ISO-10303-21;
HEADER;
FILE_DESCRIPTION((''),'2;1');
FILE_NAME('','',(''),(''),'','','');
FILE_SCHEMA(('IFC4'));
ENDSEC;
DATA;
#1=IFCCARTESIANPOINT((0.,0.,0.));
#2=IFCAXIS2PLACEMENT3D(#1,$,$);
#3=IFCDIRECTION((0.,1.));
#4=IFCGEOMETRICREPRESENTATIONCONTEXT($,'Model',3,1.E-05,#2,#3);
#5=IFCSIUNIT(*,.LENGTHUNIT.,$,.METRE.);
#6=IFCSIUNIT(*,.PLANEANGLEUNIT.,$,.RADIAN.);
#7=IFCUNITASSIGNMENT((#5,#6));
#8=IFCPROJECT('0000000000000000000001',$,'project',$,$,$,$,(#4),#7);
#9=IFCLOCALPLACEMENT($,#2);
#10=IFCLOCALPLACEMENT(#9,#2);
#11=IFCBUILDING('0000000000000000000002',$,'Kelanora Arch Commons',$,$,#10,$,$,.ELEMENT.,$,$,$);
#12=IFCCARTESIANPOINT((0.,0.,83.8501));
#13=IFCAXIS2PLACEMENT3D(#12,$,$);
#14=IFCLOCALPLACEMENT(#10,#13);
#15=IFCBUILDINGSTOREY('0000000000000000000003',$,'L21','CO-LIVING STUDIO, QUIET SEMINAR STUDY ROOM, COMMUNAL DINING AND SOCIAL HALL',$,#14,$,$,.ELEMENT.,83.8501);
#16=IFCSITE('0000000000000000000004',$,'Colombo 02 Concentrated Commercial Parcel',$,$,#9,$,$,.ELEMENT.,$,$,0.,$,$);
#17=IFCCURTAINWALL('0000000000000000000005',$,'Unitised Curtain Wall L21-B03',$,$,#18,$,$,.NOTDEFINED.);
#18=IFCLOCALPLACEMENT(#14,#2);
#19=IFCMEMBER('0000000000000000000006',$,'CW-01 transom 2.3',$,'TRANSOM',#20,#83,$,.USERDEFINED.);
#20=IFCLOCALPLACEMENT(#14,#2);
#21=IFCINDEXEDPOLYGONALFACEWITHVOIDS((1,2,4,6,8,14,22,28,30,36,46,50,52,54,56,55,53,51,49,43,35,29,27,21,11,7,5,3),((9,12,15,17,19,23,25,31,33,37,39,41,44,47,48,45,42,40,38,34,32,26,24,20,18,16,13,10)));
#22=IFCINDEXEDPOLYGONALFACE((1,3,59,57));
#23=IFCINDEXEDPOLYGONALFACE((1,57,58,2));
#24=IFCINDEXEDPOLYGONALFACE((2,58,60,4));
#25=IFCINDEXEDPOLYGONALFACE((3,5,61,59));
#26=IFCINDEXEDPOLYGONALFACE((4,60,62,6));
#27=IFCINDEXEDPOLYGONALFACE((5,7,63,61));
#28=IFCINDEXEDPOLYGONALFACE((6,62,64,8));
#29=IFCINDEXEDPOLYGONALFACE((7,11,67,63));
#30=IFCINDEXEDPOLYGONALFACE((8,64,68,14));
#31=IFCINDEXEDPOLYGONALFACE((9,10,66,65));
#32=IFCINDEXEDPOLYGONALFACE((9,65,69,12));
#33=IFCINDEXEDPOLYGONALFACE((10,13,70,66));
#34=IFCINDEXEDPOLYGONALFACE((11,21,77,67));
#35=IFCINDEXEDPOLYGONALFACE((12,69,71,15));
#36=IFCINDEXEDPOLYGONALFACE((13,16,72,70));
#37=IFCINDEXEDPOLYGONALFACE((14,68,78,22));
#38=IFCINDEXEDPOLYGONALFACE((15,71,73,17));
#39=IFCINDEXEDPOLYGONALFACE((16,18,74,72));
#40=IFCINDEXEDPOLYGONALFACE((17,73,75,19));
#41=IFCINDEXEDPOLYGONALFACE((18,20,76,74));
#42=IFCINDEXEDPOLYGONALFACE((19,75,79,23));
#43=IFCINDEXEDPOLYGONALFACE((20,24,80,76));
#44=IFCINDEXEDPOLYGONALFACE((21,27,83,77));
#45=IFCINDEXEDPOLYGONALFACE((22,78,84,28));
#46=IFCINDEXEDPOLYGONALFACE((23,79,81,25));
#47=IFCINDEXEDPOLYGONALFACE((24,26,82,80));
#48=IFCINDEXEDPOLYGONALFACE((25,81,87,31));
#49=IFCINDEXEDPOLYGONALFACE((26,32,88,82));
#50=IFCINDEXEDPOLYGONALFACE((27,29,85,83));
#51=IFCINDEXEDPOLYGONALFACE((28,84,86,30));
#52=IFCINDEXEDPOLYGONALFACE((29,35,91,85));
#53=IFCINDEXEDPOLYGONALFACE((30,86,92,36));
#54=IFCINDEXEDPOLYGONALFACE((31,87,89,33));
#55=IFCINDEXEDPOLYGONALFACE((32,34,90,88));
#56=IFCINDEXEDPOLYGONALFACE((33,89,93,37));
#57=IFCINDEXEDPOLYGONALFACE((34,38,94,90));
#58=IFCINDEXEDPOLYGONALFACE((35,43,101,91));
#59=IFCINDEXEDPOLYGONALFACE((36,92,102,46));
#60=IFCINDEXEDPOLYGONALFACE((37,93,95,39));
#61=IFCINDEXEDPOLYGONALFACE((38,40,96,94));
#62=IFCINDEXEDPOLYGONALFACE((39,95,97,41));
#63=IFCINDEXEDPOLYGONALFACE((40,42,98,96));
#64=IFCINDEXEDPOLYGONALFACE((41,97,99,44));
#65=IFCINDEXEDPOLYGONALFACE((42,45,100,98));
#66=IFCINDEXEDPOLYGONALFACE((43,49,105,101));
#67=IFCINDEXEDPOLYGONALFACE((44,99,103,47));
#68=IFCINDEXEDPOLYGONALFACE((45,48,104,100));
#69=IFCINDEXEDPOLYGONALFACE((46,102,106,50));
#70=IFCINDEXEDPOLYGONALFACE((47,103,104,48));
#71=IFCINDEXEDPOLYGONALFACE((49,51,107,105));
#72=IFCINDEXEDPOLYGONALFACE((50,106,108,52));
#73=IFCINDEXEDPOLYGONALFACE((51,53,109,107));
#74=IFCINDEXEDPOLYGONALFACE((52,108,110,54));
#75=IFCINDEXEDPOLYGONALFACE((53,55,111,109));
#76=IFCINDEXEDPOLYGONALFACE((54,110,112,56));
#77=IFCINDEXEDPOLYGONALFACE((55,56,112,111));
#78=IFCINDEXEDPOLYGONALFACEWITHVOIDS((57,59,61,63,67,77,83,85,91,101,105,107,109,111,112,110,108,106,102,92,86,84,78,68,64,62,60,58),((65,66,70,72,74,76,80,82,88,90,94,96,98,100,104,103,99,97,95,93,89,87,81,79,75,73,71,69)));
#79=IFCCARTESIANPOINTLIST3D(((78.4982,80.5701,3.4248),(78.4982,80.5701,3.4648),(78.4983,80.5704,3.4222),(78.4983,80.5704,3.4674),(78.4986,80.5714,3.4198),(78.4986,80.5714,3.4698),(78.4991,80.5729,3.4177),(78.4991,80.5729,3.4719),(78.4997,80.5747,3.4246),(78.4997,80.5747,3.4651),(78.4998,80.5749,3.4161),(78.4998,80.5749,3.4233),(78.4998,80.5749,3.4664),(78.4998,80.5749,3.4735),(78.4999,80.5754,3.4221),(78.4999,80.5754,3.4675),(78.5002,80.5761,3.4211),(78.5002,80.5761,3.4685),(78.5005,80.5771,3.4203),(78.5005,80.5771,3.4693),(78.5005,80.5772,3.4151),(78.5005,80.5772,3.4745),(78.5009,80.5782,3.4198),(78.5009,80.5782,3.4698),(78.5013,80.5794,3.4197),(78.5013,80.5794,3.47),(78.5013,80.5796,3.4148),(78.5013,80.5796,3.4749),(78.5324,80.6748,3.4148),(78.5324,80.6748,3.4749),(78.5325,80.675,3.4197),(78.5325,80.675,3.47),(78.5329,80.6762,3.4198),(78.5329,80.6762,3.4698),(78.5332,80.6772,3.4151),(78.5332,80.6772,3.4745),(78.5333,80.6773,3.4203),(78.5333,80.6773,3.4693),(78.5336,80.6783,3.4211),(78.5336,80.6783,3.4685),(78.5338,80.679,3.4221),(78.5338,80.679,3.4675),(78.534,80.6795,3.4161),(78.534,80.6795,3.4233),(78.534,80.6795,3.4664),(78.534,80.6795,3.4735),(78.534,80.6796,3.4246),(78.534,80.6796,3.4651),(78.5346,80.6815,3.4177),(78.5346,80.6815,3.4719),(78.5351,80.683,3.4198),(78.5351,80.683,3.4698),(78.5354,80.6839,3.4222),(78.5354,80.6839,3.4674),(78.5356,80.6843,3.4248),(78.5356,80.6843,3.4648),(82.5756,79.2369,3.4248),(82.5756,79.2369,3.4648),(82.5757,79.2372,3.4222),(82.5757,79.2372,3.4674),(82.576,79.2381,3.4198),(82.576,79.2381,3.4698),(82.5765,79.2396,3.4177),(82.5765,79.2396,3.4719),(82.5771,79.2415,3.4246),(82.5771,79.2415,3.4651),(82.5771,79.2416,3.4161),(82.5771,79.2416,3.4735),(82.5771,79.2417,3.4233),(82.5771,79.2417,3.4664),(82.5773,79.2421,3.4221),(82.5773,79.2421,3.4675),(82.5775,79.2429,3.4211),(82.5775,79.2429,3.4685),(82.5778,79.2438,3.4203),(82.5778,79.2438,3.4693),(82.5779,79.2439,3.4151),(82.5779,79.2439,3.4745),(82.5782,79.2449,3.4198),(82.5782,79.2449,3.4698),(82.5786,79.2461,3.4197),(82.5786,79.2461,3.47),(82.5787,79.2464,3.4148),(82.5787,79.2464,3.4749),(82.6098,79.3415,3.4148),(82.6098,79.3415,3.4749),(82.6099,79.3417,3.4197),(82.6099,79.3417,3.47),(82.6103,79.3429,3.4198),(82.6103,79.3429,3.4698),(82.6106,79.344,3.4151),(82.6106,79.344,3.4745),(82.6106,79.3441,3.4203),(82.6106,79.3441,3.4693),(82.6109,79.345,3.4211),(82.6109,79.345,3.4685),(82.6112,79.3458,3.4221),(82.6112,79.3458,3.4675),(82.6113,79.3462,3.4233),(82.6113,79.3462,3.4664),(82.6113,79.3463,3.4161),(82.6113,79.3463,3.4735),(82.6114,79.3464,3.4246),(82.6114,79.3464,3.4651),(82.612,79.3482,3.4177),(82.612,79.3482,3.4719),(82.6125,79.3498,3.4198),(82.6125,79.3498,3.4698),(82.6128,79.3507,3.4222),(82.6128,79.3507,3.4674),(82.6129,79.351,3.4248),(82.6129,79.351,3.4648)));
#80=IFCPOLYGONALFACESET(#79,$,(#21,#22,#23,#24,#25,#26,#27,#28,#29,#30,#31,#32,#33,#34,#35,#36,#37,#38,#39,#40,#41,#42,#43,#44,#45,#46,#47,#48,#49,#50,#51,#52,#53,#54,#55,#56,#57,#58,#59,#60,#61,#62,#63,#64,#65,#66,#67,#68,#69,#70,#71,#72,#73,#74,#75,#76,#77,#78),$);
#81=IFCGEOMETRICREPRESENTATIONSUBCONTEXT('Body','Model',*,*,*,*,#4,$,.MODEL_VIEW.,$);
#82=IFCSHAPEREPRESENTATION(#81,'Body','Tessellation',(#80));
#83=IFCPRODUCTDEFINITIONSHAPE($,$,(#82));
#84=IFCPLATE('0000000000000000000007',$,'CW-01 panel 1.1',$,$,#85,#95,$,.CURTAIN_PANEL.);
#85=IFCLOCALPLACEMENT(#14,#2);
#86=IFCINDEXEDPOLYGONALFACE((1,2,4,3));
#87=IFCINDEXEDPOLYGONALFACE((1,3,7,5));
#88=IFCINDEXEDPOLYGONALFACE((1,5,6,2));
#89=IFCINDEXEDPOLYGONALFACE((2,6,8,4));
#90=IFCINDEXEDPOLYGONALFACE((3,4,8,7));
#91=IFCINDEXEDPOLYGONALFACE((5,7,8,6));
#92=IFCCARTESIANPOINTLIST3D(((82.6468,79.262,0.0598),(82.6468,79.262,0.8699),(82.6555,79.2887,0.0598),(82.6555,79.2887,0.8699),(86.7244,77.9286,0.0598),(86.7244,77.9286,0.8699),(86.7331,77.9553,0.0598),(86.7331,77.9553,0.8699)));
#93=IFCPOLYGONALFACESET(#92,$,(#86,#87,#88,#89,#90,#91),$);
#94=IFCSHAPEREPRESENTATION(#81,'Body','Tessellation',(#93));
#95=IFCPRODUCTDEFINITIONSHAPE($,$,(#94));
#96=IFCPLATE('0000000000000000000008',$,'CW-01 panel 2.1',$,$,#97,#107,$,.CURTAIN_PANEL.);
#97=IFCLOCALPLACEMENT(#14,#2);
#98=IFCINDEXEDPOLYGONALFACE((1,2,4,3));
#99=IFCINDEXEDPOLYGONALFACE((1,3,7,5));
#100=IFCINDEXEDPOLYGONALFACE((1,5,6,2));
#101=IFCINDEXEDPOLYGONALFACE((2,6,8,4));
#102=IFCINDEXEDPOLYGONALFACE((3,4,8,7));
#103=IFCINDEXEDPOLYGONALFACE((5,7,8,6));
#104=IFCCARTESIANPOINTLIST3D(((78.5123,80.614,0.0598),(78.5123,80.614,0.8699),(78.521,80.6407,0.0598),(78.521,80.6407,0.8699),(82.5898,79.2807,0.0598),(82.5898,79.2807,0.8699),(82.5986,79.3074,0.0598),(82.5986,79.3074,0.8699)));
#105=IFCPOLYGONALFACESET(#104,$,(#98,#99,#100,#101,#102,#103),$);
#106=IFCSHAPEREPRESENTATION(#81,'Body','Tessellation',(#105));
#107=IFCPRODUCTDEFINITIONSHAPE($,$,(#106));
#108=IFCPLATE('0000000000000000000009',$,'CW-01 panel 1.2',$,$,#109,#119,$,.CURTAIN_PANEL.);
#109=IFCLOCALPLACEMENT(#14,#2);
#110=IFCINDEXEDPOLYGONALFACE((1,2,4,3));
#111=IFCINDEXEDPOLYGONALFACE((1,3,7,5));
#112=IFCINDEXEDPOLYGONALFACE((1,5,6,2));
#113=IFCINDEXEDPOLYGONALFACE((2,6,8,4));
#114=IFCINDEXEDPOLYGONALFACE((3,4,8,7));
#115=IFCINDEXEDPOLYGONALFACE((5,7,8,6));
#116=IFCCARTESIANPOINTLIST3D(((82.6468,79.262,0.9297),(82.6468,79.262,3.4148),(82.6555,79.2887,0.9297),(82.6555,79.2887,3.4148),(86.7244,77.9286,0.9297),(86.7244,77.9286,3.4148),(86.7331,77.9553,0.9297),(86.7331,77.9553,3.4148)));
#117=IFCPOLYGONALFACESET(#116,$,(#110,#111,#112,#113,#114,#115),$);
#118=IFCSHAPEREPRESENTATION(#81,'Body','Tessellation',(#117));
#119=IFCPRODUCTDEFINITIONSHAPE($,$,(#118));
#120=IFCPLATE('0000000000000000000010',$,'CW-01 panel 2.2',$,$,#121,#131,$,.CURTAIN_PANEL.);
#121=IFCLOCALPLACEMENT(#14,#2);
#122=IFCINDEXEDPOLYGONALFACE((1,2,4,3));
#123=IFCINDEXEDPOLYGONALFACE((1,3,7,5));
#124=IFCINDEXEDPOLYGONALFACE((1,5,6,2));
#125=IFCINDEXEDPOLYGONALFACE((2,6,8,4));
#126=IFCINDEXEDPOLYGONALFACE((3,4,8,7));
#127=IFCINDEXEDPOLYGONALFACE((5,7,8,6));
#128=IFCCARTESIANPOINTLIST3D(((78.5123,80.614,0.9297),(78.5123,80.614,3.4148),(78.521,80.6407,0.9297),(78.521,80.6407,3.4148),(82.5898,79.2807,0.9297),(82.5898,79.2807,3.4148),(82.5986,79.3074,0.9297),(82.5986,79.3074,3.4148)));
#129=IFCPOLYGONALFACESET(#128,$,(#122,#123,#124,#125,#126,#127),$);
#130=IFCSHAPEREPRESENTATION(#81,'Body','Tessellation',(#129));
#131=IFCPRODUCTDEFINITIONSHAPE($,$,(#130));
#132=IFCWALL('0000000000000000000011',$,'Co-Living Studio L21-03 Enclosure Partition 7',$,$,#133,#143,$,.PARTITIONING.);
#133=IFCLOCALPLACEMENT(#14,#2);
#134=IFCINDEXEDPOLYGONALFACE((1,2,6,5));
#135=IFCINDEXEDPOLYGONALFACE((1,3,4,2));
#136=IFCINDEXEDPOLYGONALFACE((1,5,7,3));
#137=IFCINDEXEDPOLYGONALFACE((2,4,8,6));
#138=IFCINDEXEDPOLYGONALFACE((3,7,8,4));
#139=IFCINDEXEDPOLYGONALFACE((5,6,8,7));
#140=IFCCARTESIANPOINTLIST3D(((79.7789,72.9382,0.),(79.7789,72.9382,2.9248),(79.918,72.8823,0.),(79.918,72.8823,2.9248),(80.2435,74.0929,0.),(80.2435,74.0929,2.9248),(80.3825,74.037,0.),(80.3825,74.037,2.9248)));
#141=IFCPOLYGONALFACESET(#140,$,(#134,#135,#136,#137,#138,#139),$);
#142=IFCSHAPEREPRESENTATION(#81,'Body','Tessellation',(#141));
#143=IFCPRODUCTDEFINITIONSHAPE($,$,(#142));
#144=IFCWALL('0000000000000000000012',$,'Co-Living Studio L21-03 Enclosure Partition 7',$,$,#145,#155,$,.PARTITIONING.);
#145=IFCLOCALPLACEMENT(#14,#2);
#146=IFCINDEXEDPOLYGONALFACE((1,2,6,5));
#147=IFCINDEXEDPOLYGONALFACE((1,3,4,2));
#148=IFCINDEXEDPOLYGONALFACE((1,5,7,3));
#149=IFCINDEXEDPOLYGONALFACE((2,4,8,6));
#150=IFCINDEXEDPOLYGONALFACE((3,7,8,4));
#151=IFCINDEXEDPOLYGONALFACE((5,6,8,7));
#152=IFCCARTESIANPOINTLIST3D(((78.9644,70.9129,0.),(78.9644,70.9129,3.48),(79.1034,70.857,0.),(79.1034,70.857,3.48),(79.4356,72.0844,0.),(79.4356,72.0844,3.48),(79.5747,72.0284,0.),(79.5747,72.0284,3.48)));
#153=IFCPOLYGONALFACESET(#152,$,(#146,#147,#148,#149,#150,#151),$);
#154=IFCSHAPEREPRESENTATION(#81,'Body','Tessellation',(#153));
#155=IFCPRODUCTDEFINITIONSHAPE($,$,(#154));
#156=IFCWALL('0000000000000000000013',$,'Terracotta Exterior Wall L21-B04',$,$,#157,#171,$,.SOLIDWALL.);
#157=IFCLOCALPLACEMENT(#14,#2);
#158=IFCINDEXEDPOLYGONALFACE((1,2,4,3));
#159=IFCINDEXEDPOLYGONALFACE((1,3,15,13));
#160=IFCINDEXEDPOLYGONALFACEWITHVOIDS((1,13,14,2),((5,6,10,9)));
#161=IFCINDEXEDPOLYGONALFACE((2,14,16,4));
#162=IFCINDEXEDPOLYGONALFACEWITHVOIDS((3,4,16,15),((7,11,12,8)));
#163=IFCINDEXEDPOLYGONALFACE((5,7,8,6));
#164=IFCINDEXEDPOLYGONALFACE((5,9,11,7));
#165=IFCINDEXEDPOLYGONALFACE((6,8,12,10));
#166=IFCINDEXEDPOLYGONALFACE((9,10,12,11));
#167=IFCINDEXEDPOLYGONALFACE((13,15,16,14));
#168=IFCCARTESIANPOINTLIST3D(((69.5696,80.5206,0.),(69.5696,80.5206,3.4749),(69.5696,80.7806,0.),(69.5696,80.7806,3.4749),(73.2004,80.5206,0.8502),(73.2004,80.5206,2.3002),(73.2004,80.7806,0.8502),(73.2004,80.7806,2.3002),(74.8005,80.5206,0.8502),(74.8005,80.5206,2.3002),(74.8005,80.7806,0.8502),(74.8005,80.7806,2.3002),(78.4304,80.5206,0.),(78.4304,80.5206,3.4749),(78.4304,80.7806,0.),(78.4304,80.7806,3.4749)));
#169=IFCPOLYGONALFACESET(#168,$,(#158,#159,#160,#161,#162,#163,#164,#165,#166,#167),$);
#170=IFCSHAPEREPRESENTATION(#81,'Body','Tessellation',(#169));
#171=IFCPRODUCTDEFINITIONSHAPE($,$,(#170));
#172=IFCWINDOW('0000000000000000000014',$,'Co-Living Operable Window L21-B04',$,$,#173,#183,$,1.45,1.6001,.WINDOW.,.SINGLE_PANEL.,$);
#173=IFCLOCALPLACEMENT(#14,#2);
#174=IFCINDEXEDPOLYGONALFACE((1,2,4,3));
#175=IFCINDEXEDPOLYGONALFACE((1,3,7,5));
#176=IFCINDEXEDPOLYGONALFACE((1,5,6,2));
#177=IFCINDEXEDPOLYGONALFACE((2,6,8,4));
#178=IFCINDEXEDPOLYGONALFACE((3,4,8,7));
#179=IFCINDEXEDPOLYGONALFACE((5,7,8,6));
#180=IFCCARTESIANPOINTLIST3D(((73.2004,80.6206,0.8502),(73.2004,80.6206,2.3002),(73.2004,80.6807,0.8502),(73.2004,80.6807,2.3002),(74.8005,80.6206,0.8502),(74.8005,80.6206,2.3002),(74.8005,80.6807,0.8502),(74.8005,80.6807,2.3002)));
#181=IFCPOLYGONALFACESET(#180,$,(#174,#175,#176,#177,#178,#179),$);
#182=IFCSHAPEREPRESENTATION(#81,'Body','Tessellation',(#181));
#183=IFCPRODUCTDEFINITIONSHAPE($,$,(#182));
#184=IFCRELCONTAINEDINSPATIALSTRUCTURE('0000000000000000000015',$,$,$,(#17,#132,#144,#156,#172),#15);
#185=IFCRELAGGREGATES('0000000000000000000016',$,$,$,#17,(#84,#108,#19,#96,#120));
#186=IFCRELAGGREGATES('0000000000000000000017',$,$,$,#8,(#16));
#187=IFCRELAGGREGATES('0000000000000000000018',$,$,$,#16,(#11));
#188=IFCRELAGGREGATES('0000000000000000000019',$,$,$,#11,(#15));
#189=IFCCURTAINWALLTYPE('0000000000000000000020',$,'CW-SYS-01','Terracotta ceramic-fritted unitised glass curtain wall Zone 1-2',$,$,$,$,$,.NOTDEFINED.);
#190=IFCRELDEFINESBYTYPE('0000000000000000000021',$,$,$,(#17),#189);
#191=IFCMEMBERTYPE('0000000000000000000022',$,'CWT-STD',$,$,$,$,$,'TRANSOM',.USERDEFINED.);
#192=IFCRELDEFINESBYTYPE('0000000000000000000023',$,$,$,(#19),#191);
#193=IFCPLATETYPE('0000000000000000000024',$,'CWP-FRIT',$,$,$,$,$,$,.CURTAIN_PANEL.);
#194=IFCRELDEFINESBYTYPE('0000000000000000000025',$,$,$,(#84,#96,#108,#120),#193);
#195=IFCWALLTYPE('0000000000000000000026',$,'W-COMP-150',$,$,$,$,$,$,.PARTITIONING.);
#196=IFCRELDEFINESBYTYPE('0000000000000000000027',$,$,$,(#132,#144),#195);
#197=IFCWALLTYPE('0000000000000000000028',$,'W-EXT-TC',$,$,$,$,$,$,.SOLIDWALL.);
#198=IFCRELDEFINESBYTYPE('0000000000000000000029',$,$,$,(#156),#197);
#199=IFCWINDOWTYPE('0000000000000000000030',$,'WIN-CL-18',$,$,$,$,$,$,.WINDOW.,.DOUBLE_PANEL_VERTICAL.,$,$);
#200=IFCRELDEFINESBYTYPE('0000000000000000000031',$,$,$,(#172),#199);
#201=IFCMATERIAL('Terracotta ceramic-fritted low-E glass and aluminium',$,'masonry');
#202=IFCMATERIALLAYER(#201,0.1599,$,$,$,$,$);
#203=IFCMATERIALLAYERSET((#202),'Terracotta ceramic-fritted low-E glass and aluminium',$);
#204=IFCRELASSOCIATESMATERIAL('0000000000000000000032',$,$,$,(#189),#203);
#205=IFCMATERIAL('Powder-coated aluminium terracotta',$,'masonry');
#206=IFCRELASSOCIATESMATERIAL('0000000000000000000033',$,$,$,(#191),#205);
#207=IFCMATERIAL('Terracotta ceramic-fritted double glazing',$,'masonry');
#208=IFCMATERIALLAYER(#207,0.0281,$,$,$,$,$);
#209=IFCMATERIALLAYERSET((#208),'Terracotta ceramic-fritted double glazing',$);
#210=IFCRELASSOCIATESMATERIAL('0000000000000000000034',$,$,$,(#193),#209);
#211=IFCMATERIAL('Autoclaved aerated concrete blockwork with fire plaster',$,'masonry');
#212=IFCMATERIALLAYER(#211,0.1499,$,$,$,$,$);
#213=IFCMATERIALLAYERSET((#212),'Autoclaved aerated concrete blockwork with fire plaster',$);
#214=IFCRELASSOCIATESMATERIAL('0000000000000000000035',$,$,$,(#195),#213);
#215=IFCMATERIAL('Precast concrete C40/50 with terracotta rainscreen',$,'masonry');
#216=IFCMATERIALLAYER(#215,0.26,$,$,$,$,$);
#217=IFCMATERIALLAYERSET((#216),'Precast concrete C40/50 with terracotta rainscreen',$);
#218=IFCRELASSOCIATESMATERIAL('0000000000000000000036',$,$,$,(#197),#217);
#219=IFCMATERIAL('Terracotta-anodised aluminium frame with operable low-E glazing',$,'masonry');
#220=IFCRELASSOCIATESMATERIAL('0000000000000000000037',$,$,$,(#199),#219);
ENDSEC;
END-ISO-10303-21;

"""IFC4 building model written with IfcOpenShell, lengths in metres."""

from ifc_helpers import new_model, si_unit, direction, frame, frame_2d, origin, origin_2d, place, context, subcontext, project, spatial, rectangle, hollow_rectangle, extrude, source, transform, mapped, material, layer, layer_set, material_profile, profile_set, type_object, element, fill, aggregate, save


model = new_model("IFC4")

# Units and contexts
model_context = context("Model", 3, precision=1e-05, world=origin(), true_north=direction((0.0, 1.0)))
body_context = subcontext(model_context, "Body", "Model", "MODEL_VIEW")
ifc_project = project(units=[si_unit("LENGTHUNIT", "METRE"), si_unit("PLANEANGLEUNIT", "RADIAN")], contexts=[model_context])

# Site, building, storey
site_placement = place(None, origin())
site = spatial("IfcSite", under=ifc_project, at=site_placement, Name="Colombo 02 Concentrated Commercial Parcel", CompositionType="ELEMENT", RefElevation=0.0)
building_placement = place(site_placement, origin())
building = spatial("IfcBuilding", under=site, at=building_placement, Name="Kelanora Arch Commons", CompositionType="ELEMENT")
storey_placement = place(building_placement, frame((0.0, 0.0, 83.8501)))
storey = spatial("IfcBuildingStorey", under=building, at=storey_placement, Name="L21", Description="CO-LIVING STUDIO, QUIET SEMINAR STUDY ROOM, COMMUNAL DINING AND SOCIAL HALL", CompositionType="ELEMENT", Elevation=83.8501)

# Curtain wall, member, plates
ifc_material_1 = material(Name="Terracotta ceramic-fritted low-E glass and aluminium", Category="masonry")
ifc_layer_1 = layer(ifc_material_1, 0.1599)
ifc_layer_set_1 = layer_set([ifc_layer_1], Name="Terracotta ceramic-fritted low-E glass and aluminium")
curtain_wall_type = type_object("IfcCurtainWallType", Name="CW-SYS-01", Description="Terracotta ceramic-fritted unitised glass curtain wall Zone 1-2", PredefinedType="NOTDEFINED", material=ifc_layer_set_1)
curtain_wall_placement = place(storey_placement, origin())
curtain_wall = element("IfcCurtainWall", 1, at=curtain_wall_placement, inside=storey, type_object=curtain_wall_type, Name="Unitised Curtain Wall L21-B03", PredefinedType="NOTDEFINED")
ifc_material_2 = material(Name="Powder-coated aluminium terracotta", Category="masonry")
ifc_material_profile_1 = material_profile(ifc_material_2, hollow_rectangle(XDim=0.1201, YDim=0.0601, WallThickness=0.0049, InnerFilletRadius=0.0049, OuterFilletRadius=0.01, at=origin_2d()), Name="CWT120x60")
ifc_profile_set_1 = profile_set([ifc_material_profile_1], Name="Powder-coated aluminium terracotta")
member_type_1 = type_object("IfcMemberType", Name="CWT-STD", ElementType="TRANSOM", PredefinedType="USERDEFINED", material=ifc_profile_set_1)
member_1_placement = place(storey_placement, frame((82.5942, 79.2939, 3.4448), z_axis=(-0.950478, 0.310793, 0.0), x_axis=(-0.310793, -0.950478, 0.0)))
member_1 = element("IfcMember", 2, at=member_1_placement, type_object=member_type_1, Name="CW-01 transom 2.3", ObjectType="TRANSOM", PredefinedType="USERDEFINED", context=body_context, shape_type="SweptSolid", body=[
    extrude(hollow_rectangle(XDim=0.1201, YDim=0.0601, WallThickness=0.0049, InnerFilletRadius=0.0049, OuterFilletRadius=0.01, at=origin_2d()), origin(), (0.0, 0.0, 1.0), 4.2898),
])
ifc_material_3 = material(Name="Terracotta ceramic-fritted double glazing", Category="masonry")
ifc_layer_2 = layer(ifc_material_3, 0.0281)
ifc_layer_set_2 = layer_set([ifc_layer_2], Name="Terracotta ceramic-fritted double glazing")
plate_type = type_object("IfcPlateType", Name="CWP-FRIT", PredefinedType="CURTAIN_PANEL", material=ifc_layer_set_2)
shared_shape_1 = source(origin(), body_context, "Body", "SweptSolid", [
    extrude(rectangle(XDim=4.29, YDim=0.0281, at=origin_2d()), origin(), (0.0, 0.0, 1.0), 0.8101),
])
plate_1_placement = place(storey_placement, frame((84.6899, 78.6086, 0.0598), z_axis=(0.0, 0.0, 1.0), x_axis=(-0.950474, 0.310805, 0.0)))
plate_1 = element("IfcPlate", 3, at=plate_1_placement, type_object=plate_type, Name="CW-01 panel 1.1", PredefinedType="CURTAIN_PANEL", context=body_context, shape_type="MappedRepresentation", body=[
    mapped(shared_shape_1, transform((0.0, 0.0, 0.0), scale=1.0)),
])
plate_2_placement = place(storey_placement, frame((80.5554, 79.9607, 0.0598), z_axis=(0.0, 0.0, 1.0), x_axis=(-0.950474, 0.310805, 0.0)))
plate_2 = element("IfcPlate", 4, at=plate_2_placement, type_object=plate_type, Name="CW-01 panel 2.1", PredefinedType="CURTAIN_PANEL", context=body_context, shape_type="MappedRepresentation", body=[
    mapped(shared_shape_1, transform((0.0, 0.0, 0.0), scale=1.0)),
])
shared_shape_2 = source(origin(), body_context, "Body", "SweptSolid", [
    extrude(rectangle(XDim=4.29, YDim=0.0281, at=origin_2d()), origin(), (0.0, 0.0, 1.0), 2.4851),
])
plate_3_placement = place(storey_placement, frame((84.6899, 78.6086, 0.9297), z_axis=(0.0, 0.0, 1.0), x_axis=(-0.950474, 0.310805, 0.0)))
plate_3 = element("IfcPlate", 5, at=plate_3_placement, type_object=plate_type, Name="CW-01 panel 1.2", PredefinedType="CURTAIN_PANEL", context=body_context, shape_type="MappedRepresentation", body=[
    mapped(shared_shape_2, transform((0.0, 0.0, 0.0), scale=1.0)),
])
plate_4_placement = place(storey_placement, frame((80.5554, 79.9607, 0.9297), z_axis=(0.0, 0.0, 1.0), x_axis=(-0.950474, 0.310805, 0.0)))
plate_4 = element("IfcPlate", 6, at=plate_4_placement, type_object=plate_type, Name="CW-01 panel 2.2", PredefinedType="CURTAIN_PANEL", context=body_context, shape_type="MappedRepresentation", body=[
    mapped(shared_shape_2, transform((0.0, 0.0, 0.0), scale=1.0)),
])
aggregate(curtain_wall, [plate_1, plate_3, member_1, plate_2, plate_4])

# Walls
ifc_material_4 = material(Name="Autoclaved aerated concrete blockwork with fire plaster", Category="masonry")
ifc_layer_3 = layer(ifc_material_4, 0.1499)
ifc_layer_set_3 = layer_set([ifc_layer_3], Name="Autoclaved aerated concrete blockwork with fire plaster")
wall_type_1 = type_object("IfcWallType", Name="W-COMP-150", PredefinedType="PARTITIONING", material=ifc_layer_set_3)
wall_1_placement = place(storey_placement, frame((80.313, 74.0649, 0.0), z_axis=(0.0, 0.0, 1.0), x_axis=(-0.37325, -0.927731, 0.0)))
element("IfcWall", 7, at=wall_1_placement, inside=storey, type_object=wall_type_1, Name="Co-Living Studio L21-03 Enclosure Partition 7", PredefinedType="PARTITIONING", context=body_context, shape_type="SweptSolid", body=[
    extrude(rectangle(XDim=1.2446, YDim=0.1499, at=frame_2d((0.6223, 0.0))), origin(), (0.0, 0.0, 1.0), 2.9248),
])
wall_2_placement = place(storey_placement, frame((79.5051, 72.0564, 0.0), z_axis=(0.0, 0.0, 1.0), x_axis=(-0.37319, -0.927755, 0.0)))
element("IfcWall", 8, at=wall_2_placement, inside=storey, type_object=wall_type_1, Name="Co-Living Studio L21-03 Enclosure Partition 7", PredefinedType="PARTITIONING", context=body_context, shape_type="SweptSolid", body=[
    extrude(rectangle(XDim=1.2627, YDim=0.1499, at=frame_2d((0.6313, 0.0))), origin(), (0.0, 0.0, 1.0), 3.48),
])

# Wall, opening, window
ifc_material_5 = material(Name="Precast concrete C40/50 with terracotta rainscreen", Category="masonry")
ifc_layer_4 = layer(ifc_material_5, 0.26)
ifc_layer_set_4 = layer_set([ifc_layer_4], Name="Precast concrete C40/50 with terracotta rainscreen")
wall_type_2 = type_object("IfcWallType", Name="W-EXT-TC", PredefinedType="SOLIDWALL", material=ifc_layer_set_4)
wall_3_placement = place(storey_placement, frame((78.4304, 80.6506, 0.0), z_axis=(0.0, 0.0, 1.0), x_axis=(-1.0, 0.0, 0.0)))
wall_3 = element("IfcWall", 9, at=wall_3_placement, inside=storey, type_object=wall_type_2, Name="Terracotta Exterior Wall L21-B04", PredefinedType="SOLIDWALL", context=body_context, shape_type="SweptSolid", body=[
    extrude(rectangle(XDim=8.8608, YDim=0.26, at=frame_2d((4.4304, 0.0))), origin(), (0.0, 0.0, 1.0), 3.4749),
])
opening_placement = place(wall_3_placement, frame((3.6299, 0.0, 0.8501)))
opening = element("IfcOpeningElement", 10, at=opening_placement, cuts=wall_3, PredefinedType="OPENING", context=body_context, shape_type="SweptSolid", body=[
    extrude(rectangle(XDim=1.6001, YDim=1.45, at=frame_2d((0.8, 0.7251))), frame((0.0, 0.1401, 0.0), z_axis=(0.0, -1.0, 0.0), x_axis=(1.0, 0.0, 0.0)), (0.0, 0.0, 1.0), 0.28),
])
ifc_material_6 = material(Name="Terracotta-anodised aluminium frame with operable low-E glazing", Category="masonry")
window_type = type_object("IfcWindowType", Name="WIN-CL-18", PartitioningType="DOUBLE_PANEL_VERTICAL", PredefinedType="WINDOW", material=ifc_material_6)
window_placement = place(opening_placement, origin())
window = element("IfcWindow", 11, at=window_placement, inside=storey, type_object=window_type, Name="Co-Living Operable Window L21-B04", OverallHeight=1.45, OverallWidth=1.6001, PartitioningType="SINGLE_PANEL", PredefinedType="WINDOW", context=body_context, shape_type="SweptSolid", body=[
    extrude(rectangle(XDim=1.6001, YDim=1.45, at=frame_2d((0.8, 0.7251))), frame((0.0, 0.03, 0.0), z_axis=(0.0, -1.0, 0.0), x_axis=(1.0, 0.0, 0.0)), (0.0, 0.0, 1.0), 0.0601),
])
fill(opening, window)

save(model, "model.ifc")
